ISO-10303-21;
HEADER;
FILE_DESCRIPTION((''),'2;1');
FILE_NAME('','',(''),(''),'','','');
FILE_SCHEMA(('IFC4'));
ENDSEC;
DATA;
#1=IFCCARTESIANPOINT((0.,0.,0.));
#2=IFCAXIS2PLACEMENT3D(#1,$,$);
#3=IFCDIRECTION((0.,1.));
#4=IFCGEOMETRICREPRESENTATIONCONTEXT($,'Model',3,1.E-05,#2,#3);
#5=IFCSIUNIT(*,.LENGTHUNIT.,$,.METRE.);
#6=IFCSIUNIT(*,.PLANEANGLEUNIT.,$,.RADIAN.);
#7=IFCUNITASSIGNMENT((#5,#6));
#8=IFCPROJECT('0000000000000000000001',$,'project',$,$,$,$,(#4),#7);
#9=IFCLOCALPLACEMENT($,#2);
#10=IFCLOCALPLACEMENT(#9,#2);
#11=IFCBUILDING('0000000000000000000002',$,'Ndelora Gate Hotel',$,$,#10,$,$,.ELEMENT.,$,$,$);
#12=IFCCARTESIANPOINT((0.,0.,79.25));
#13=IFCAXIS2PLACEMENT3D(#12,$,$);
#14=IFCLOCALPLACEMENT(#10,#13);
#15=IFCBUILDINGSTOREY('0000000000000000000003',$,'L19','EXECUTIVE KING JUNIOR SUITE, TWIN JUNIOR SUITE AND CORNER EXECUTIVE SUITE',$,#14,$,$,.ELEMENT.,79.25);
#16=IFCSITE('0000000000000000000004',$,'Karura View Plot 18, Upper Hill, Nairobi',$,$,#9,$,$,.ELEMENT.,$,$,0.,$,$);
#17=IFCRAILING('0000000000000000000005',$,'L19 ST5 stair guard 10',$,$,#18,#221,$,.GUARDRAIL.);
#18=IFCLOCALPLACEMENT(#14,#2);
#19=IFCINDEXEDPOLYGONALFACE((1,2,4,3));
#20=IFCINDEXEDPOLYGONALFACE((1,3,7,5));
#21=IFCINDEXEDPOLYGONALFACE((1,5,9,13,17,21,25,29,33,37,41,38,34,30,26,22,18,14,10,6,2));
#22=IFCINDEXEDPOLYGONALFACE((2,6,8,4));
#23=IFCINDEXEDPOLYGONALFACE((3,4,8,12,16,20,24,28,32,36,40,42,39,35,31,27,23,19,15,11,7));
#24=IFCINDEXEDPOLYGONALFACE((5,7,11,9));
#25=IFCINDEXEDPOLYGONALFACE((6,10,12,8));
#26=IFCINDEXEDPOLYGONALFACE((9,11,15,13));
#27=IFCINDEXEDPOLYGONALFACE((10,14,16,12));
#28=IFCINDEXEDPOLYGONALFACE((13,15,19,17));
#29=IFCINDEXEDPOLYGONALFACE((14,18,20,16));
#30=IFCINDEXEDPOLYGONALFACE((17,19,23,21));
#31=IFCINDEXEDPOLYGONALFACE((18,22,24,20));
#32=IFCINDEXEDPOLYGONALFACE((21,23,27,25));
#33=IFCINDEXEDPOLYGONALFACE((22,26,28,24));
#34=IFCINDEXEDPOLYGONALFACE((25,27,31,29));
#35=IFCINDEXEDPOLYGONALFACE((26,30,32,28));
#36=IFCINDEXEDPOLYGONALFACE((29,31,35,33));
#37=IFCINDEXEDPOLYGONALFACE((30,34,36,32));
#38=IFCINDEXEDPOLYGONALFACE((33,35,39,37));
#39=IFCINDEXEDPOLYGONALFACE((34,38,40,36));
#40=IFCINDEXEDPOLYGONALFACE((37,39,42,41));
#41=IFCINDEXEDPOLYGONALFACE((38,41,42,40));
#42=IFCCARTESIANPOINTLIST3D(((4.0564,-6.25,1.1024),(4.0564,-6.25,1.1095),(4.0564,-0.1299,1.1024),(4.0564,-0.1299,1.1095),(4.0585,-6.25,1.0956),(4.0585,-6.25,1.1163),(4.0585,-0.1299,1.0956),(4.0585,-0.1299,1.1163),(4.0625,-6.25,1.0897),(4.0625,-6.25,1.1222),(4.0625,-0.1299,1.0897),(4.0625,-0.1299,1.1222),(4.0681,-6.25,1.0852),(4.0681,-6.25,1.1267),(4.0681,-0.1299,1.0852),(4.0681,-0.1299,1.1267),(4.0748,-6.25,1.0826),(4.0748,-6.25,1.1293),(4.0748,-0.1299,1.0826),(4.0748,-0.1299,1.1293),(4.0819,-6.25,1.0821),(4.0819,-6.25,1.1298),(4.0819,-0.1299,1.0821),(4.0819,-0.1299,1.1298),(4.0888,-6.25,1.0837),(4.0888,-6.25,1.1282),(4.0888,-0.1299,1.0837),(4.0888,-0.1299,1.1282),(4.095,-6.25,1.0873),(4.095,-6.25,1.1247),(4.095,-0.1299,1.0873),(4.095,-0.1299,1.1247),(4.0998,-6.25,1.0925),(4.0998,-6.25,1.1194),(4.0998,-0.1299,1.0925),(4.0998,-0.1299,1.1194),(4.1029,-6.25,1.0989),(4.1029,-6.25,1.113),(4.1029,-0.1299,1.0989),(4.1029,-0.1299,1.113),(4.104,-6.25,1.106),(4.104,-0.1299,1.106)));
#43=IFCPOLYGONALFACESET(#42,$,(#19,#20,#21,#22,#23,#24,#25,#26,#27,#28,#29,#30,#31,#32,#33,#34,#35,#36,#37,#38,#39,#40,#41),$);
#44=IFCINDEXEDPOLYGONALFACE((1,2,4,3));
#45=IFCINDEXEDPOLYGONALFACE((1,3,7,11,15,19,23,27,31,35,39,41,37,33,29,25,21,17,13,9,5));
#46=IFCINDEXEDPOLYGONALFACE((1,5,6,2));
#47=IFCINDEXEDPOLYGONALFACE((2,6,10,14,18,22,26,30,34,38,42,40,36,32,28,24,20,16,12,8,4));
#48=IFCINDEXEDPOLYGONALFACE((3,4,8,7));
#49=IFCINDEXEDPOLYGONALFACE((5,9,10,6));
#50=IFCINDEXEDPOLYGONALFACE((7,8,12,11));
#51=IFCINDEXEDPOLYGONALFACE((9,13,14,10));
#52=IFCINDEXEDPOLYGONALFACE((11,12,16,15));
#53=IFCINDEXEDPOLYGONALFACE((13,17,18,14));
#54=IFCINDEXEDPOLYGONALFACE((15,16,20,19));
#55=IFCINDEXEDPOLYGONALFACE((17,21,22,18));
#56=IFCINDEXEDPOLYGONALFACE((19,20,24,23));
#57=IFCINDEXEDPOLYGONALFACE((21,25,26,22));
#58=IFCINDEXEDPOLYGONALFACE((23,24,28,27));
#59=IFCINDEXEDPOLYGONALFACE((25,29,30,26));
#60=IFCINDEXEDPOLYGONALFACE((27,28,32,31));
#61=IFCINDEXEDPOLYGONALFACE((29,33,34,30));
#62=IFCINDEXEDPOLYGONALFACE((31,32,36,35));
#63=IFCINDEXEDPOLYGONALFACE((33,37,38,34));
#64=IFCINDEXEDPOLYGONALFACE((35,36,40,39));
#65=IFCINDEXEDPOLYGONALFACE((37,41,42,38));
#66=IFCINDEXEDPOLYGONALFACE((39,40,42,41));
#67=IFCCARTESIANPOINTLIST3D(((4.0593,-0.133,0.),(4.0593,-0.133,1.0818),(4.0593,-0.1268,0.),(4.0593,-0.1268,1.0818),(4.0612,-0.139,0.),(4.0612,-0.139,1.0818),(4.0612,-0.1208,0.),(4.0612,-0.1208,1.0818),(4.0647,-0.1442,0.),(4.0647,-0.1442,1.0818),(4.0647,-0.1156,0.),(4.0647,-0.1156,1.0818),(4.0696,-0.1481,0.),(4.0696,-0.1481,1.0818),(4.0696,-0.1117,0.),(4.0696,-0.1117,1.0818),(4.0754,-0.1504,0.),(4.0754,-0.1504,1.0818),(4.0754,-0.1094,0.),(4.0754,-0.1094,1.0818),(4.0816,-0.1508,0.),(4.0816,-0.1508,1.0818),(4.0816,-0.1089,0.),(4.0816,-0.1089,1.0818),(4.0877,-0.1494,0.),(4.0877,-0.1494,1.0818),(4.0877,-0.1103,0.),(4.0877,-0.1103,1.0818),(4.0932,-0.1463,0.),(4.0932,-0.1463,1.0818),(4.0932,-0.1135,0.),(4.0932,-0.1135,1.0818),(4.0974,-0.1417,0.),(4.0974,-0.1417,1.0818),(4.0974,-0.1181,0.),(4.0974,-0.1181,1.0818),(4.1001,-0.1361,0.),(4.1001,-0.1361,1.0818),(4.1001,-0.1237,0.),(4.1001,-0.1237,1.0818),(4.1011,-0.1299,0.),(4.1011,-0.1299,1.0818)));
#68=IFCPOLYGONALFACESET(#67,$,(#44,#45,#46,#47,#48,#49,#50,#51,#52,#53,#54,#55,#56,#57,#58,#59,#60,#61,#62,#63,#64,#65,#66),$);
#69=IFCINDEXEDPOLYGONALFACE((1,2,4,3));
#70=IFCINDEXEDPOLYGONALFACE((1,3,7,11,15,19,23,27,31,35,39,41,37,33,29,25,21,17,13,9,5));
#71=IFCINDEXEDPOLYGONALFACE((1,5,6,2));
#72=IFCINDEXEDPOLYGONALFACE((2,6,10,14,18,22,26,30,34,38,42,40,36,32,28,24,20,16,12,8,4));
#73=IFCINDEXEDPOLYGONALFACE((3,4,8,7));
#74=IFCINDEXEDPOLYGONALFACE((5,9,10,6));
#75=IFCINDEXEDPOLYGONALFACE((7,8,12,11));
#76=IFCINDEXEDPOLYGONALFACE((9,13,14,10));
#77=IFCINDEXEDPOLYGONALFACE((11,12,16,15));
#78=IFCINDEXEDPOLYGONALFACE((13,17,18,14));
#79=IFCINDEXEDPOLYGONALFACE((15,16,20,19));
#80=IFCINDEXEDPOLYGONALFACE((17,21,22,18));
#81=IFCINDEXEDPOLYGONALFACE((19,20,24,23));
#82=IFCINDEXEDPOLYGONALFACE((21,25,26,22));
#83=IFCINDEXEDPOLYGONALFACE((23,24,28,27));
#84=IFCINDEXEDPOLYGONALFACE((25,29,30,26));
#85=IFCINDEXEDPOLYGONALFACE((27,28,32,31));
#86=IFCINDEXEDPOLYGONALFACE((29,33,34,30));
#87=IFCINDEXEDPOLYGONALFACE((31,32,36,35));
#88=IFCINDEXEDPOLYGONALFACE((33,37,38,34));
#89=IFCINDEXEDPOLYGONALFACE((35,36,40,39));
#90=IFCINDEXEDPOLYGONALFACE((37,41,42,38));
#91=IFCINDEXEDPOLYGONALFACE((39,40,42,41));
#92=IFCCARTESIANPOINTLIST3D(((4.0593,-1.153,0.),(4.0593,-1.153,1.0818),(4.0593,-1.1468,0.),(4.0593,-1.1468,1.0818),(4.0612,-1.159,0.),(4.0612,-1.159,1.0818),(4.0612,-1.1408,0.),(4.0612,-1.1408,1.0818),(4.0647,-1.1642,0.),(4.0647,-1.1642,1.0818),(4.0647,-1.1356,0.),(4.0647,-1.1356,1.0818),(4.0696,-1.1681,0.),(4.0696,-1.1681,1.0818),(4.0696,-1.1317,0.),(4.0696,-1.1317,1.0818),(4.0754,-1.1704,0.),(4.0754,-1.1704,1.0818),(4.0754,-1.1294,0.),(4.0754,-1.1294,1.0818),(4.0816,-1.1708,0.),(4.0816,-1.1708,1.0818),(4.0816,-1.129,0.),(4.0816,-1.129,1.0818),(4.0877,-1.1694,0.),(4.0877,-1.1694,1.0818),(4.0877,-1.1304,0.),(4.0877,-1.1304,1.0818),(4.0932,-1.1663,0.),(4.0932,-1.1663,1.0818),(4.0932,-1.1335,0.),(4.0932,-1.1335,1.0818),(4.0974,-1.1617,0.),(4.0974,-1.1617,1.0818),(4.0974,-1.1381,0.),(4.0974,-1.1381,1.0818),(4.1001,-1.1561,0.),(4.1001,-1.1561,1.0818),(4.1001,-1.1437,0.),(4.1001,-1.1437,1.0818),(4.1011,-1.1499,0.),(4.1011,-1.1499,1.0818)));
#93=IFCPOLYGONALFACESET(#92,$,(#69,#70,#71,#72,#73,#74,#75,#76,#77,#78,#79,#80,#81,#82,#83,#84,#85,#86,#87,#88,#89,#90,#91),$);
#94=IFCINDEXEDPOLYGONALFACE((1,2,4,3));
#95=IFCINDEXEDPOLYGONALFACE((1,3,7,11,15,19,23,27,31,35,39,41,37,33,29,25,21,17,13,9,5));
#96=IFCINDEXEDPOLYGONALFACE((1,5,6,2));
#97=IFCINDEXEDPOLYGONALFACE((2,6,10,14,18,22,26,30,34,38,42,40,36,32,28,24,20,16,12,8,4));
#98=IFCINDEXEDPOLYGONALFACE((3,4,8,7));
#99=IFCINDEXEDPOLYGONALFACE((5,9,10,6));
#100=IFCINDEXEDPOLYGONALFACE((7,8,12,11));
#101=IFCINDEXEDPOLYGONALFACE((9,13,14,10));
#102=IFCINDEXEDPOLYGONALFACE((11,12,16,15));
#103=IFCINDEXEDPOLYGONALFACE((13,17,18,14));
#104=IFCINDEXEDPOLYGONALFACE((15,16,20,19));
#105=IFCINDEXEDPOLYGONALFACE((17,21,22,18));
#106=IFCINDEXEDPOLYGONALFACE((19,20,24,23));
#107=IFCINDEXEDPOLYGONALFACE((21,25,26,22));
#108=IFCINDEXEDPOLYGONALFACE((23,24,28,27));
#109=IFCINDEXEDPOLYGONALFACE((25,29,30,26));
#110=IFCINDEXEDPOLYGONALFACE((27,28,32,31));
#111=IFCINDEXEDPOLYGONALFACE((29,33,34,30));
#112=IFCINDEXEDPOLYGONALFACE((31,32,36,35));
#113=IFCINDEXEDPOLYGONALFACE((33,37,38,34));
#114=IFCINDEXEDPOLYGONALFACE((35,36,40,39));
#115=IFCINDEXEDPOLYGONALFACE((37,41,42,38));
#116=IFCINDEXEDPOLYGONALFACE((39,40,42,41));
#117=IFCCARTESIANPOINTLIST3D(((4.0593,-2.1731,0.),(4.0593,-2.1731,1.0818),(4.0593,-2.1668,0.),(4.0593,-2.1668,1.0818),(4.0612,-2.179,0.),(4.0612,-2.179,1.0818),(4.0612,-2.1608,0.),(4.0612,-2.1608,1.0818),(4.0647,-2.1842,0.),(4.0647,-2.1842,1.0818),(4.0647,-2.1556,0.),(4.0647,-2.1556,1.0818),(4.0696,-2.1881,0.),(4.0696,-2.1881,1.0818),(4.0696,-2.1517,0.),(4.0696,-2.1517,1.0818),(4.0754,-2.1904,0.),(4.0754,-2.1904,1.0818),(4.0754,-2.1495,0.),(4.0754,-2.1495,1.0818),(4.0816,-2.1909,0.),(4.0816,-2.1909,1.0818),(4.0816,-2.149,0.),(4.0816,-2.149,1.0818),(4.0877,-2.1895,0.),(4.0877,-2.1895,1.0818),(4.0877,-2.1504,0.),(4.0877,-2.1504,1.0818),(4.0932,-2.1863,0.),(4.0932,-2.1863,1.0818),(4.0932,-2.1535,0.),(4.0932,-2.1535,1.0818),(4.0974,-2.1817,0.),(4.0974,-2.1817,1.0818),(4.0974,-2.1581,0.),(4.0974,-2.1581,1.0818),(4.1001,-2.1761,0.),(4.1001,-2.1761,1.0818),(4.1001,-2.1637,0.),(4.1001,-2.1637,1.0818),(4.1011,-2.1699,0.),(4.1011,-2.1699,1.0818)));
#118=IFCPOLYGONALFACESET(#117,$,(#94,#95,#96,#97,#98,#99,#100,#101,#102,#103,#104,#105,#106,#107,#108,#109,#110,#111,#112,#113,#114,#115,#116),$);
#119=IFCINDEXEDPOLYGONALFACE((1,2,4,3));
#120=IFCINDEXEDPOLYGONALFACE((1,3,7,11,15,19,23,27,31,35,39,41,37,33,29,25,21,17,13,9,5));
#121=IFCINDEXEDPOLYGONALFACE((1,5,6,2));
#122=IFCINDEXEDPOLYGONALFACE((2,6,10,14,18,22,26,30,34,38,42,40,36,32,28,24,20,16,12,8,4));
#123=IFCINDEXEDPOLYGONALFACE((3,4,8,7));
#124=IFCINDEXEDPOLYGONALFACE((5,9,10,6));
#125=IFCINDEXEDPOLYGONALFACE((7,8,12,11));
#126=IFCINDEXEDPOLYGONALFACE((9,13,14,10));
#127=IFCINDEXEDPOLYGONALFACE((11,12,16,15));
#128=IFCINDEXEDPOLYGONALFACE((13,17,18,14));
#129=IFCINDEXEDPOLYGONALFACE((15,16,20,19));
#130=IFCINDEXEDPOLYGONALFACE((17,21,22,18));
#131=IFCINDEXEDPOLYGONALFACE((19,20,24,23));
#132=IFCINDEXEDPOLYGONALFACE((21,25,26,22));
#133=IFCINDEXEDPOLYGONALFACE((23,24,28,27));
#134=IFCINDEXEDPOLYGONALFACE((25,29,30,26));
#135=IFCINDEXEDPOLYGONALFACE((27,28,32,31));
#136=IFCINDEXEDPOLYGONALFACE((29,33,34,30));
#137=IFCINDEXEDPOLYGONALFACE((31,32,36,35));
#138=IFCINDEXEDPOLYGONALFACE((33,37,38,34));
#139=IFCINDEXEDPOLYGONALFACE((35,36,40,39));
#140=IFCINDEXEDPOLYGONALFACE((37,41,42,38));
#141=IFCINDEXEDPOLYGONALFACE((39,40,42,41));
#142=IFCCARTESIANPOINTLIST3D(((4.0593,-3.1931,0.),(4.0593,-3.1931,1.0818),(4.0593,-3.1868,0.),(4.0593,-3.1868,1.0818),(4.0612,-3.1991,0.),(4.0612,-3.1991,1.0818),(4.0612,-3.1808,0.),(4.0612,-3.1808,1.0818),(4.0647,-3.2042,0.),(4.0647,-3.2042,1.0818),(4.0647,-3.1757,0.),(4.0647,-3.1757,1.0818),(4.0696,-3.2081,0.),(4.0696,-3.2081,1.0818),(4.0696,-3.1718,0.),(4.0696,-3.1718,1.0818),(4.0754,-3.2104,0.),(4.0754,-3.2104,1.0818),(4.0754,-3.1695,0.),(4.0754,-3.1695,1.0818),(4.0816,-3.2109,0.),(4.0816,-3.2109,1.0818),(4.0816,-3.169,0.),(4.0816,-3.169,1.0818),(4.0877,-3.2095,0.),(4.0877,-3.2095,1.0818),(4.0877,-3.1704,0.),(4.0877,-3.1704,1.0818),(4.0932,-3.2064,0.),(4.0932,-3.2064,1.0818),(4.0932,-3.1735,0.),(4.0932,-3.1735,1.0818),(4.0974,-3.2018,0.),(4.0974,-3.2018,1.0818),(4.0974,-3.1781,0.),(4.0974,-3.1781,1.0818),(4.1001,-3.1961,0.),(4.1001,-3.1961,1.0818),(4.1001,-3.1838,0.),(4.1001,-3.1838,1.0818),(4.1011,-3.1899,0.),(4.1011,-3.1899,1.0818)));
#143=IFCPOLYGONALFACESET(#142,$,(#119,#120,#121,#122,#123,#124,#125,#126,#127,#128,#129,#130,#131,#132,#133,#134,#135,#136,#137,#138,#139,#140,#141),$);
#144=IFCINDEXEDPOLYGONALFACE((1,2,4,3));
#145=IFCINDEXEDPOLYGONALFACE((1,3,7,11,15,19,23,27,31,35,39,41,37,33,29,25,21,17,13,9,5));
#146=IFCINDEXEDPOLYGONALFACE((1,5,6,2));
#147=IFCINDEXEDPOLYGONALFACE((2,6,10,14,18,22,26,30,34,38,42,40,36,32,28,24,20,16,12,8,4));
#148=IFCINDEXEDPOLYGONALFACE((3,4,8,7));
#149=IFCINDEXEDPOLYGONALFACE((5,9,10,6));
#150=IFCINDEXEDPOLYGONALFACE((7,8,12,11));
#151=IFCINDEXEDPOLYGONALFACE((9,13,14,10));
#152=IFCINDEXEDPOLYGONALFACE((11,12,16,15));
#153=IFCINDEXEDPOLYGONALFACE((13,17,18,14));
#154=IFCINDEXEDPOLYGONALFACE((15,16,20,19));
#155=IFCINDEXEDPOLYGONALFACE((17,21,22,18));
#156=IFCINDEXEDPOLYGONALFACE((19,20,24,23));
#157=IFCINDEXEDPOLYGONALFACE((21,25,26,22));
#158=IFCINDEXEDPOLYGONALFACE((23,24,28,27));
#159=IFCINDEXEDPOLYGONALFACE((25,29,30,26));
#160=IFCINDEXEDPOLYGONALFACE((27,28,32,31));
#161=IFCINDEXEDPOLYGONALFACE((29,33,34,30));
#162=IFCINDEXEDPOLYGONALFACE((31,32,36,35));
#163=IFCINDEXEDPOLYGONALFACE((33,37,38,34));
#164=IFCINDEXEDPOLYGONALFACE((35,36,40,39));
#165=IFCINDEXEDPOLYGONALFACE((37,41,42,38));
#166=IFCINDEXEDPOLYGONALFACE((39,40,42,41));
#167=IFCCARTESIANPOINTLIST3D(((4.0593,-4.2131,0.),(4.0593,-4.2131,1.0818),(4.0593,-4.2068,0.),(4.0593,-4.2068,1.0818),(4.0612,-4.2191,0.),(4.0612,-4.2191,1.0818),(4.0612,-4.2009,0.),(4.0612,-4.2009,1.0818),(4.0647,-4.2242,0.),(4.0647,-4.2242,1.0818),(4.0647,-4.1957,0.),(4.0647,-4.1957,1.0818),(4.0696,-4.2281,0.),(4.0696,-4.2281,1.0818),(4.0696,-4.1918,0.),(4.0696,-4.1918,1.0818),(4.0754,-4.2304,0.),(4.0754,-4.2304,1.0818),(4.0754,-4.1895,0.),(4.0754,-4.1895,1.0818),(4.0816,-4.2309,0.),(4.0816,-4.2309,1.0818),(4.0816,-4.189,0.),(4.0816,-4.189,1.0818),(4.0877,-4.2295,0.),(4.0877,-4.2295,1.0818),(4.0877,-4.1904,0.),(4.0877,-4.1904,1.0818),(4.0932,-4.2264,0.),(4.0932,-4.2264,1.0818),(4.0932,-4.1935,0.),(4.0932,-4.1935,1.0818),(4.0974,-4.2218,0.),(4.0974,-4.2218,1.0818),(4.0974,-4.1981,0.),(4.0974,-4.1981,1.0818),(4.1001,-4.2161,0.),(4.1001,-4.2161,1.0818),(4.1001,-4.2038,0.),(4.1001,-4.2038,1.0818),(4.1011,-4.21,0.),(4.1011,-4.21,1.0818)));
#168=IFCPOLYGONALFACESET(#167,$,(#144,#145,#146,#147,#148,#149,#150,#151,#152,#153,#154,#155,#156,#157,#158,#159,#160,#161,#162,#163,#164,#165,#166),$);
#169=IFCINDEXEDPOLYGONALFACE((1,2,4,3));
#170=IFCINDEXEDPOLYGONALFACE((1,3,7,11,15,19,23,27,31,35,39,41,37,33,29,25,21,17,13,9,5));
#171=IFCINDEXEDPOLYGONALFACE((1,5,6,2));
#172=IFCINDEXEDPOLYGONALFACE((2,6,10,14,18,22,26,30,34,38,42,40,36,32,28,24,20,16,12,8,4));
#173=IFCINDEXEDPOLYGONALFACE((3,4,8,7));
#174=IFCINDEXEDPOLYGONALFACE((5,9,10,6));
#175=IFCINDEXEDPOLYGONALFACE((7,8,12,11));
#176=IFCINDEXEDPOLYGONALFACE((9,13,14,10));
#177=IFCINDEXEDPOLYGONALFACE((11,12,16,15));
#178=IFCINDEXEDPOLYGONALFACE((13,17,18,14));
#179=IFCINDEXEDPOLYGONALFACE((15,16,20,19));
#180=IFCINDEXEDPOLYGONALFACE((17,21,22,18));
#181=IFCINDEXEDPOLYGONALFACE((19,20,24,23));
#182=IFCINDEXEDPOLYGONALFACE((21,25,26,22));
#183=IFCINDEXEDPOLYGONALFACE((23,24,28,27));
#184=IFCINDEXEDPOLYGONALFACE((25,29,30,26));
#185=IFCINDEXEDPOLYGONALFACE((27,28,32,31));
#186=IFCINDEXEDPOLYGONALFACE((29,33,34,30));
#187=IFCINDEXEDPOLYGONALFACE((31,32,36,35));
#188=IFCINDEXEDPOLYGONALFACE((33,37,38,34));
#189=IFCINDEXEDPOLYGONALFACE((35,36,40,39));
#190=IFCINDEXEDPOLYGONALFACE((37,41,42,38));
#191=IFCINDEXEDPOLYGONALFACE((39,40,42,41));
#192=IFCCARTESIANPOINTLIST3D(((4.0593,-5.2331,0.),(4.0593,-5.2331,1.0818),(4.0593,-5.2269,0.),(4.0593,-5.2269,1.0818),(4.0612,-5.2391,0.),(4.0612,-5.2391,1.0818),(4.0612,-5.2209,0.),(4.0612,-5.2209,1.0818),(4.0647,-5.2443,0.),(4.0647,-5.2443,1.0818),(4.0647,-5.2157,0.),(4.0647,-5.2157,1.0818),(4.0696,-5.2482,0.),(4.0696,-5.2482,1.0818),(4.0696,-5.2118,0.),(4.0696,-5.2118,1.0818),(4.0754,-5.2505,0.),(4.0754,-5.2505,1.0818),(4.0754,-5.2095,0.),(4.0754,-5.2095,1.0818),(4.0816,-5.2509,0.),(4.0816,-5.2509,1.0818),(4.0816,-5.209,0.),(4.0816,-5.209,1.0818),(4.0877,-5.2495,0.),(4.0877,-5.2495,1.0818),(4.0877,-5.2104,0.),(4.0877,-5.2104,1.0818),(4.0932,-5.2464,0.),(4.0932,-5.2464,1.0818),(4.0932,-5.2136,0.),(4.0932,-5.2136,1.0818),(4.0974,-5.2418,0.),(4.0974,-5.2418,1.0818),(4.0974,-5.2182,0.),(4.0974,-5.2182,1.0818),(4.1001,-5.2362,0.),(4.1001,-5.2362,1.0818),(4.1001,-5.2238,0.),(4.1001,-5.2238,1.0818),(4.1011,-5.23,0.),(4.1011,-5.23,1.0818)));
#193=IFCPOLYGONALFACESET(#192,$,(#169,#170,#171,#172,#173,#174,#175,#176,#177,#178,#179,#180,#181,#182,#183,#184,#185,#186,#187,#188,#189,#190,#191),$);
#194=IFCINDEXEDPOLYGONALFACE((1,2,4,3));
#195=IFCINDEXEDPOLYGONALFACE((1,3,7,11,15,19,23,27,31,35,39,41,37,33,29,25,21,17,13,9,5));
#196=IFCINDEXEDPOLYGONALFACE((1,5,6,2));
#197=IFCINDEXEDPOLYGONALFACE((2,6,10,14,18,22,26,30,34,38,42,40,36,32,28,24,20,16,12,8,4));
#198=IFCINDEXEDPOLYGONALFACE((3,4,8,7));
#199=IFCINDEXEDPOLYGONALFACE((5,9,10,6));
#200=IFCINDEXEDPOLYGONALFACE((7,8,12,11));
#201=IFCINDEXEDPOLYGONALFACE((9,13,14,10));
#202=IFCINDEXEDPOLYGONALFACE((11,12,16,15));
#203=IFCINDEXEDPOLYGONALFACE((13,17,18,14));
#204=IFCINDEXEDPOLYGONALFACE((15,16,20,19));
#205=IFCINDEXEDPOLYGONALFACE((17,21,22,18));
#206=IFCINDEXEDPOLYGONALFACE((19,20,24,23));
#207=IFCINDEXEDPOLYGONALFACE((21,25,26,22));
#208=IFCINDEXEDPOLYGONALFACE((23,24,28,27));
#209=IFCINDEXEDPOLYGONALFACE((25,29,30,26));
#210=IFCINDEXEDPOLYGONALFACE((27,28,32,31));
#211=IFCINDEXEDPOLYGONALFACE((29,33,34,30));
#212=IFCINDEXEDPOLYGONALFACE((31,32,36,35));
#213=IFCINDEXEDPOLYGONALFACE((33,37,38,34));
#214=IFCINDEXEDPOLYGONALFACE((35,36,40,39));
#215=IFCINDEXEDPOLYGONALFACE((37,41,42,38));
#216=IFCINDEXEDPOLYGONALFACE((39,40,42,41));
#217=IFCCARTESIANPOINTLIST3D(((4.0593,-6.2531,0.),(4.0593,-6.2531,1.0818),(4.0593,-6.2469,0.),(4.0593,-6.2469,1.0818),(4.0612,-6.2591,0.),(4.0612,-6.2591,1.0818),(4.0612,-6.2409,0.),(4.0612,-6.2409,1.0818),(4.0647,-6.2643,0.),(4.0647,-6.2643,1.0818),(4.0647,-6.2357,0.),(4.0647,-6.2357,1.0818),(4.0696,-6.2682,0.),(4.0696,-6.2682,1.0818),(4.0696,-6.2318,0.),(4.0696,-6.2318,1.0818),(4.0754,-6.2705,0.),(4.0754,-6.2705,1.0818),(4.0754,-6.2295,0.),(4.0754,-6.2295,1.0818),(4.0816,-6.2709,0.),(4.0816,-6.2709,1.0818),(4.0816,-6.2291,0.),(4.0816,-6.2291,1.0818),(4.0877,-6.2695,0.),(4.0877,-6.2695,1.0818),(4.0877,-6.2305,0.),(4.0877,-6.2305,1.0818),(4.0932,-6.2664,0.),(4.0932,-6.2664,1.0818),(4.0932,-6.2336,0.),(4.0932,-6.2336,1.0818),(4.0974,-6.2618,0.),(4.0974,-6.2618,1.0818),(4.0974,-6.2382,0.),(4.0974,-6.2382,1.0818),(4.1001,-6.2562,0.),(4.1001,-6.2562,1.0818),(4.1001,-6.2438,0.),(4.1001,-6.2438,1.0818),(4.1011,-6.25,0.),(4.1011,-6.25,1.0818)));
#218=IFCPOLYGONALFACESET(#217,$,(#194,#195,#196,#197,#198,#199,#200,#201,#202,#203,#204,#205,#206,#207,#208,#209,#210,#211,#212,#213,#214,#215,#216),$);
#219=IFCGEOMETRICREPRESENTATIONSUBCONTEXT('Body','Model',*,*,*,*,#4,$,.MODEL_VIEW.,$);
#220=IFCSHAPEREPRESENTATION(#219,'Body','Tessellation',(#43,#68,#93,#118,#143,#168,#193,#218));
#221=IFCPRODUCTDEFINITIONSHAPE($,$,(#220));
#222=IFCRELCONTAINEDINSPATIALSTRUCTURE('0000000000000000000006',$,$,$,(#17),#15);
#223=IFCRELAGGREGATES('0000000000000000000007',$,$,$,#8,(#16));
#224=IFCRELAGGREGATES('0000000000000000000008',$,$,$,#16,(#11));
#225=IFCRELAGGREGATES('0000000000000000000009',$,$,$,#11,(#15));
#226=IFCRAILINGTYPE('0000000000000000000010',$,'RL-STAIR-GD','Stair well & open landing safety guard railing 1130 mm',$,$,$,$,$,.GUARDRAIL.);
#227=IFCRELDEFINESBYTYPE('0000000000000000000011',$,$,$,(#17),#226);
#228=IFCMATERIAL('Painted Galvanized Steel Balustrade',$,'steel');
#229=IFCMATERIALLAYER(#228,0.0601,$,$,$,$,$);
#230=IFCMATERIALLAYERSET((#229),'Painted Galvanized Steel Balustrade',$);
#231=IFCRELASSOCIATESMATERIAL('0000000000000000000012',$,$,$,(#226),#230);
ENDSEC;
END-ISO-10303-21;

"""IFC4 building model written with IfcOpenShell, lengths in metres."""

from ifc_helpers import new_model, si_unit, direction, frame, origin, origin_2d, place, context, subcontext, project, spatial, circle, extrude, material, layer, layer_set, type_object, element, save


model = new_model("IFC4")

# Units and contexts
model_context = context("Model", 3, precision=1e-05, world=origin(), true_north=direction((0.0, 1.0)))
body_context = subcontext(model_context, "Body", "Model", "MODEL_VIEW")
ifc_project = project(units=[si_unit("LENGTHUNIT", "METRE"), si_unit("PLANEANGLEUNIT", "RADIAN")], contexts=[model_context])

# Site, building, storey
site_placement = place(None, origin())
site = spatial("IfcSite", under=ifc_project, at=site_placement, Name="Karura View Plot 18, Upper Hill, Nairobi", CompositionType="ELEMENT", RefElevation=0.0)
building_placement = place(site_placement, origin())
building = spatial("IfcBuilding", under=site, at=building_placement, Name="Ndelora Gate Hotel", CompositionType="ELEMENT")
storey_placement = place(building_placement, frame((0.0, 0.0, 79.25)))
storey = spatial("IfcBuildingStorey", under=building, at=storey_placement, Name="L19", Description="EXECUTIVE KING JUNIOR SUITE, TWIN JUNIOR SUITE AND CORNER EXECUTIVE SUITE", CompositionType="ELEMENT", Elevation=79.25)

# Railing
ifc_material_1 = material(Name="Painted Galvanized Steel Balustrade", Category="steel")
ifc_layer_1 = layer(ifc_material_1, 0.0601)
ifc_layer_set_1 = layer_set([ifc_layer_1], Name="Painted Galvanized Steel Balustrade")
railing_type_1 = type_object("IfcRailingType", Name="RL-STAIR-GD", Description="Stair well & open landing safety guard railing 1130 mm", PredefinedType="GUARDRAIL", material=ifc_layer_set_1)
railing_1_placement = place(storey_placement, frame((4.0801, -0.1299, 0.0)))
element("IfcRailing", 1, at=railing_1_placement, inside=storey, type_object=railing_type_1, Name="L19 ST5 stair guard 10", PredefinedType="GUARDRAIL", context=body_context, shape_type="SweptSolid", body=[
    extrude(circle(Radius=0.0239, at=origin_2d()), frame((0.0, 0.0, 1.106), z_axis=(0.0, -1.0, 0.0), x_axis=(1.0, 0.0, 0.0)), (0.0, 0.0, 1.0), 6.1201),
    extrude(circle(Radius=0.021, at=origin_2d()), origin(), (0.0, 0.0, 1.0), 1.0818),
    extrude(circle(Radius=0.021, at=origin_2d()), frame((0.0, -1.02, 0.0)), (0.0, 0.0, 1.0), 1.0818),
    extrude(circle(Radius=0.021, at=origin_2d()), frame((0.0, -2.04, 0.0)), (0.0, 0.0, 1.0), 1.0818),
    extrude(circle(Radius=0.021, at=origin_2d()), frame((0.0, -3.0601, 0.0)), (0.0, 0.0, 1.0), 1.0818),
    extrude(circle(Radius=0.021, at=origin_2d()), frame((0.0, -4.0801, 0.0)), (0.0, 0.0, 1.0), 1.0818),
    extrude(circle(Radius=0.021, at=origin_2d()), frame((0.0, -5.1001, 0.0)), (0.0, 0.0, 1.0), 1.0818),
    extrude(circle(Radius=0.021, at=origin_2d()), frame((0.0, -6.1201, 0.0)), (0.0, 0.0, 1.0), 1.0818),
])

save(model, "model.ifc")
